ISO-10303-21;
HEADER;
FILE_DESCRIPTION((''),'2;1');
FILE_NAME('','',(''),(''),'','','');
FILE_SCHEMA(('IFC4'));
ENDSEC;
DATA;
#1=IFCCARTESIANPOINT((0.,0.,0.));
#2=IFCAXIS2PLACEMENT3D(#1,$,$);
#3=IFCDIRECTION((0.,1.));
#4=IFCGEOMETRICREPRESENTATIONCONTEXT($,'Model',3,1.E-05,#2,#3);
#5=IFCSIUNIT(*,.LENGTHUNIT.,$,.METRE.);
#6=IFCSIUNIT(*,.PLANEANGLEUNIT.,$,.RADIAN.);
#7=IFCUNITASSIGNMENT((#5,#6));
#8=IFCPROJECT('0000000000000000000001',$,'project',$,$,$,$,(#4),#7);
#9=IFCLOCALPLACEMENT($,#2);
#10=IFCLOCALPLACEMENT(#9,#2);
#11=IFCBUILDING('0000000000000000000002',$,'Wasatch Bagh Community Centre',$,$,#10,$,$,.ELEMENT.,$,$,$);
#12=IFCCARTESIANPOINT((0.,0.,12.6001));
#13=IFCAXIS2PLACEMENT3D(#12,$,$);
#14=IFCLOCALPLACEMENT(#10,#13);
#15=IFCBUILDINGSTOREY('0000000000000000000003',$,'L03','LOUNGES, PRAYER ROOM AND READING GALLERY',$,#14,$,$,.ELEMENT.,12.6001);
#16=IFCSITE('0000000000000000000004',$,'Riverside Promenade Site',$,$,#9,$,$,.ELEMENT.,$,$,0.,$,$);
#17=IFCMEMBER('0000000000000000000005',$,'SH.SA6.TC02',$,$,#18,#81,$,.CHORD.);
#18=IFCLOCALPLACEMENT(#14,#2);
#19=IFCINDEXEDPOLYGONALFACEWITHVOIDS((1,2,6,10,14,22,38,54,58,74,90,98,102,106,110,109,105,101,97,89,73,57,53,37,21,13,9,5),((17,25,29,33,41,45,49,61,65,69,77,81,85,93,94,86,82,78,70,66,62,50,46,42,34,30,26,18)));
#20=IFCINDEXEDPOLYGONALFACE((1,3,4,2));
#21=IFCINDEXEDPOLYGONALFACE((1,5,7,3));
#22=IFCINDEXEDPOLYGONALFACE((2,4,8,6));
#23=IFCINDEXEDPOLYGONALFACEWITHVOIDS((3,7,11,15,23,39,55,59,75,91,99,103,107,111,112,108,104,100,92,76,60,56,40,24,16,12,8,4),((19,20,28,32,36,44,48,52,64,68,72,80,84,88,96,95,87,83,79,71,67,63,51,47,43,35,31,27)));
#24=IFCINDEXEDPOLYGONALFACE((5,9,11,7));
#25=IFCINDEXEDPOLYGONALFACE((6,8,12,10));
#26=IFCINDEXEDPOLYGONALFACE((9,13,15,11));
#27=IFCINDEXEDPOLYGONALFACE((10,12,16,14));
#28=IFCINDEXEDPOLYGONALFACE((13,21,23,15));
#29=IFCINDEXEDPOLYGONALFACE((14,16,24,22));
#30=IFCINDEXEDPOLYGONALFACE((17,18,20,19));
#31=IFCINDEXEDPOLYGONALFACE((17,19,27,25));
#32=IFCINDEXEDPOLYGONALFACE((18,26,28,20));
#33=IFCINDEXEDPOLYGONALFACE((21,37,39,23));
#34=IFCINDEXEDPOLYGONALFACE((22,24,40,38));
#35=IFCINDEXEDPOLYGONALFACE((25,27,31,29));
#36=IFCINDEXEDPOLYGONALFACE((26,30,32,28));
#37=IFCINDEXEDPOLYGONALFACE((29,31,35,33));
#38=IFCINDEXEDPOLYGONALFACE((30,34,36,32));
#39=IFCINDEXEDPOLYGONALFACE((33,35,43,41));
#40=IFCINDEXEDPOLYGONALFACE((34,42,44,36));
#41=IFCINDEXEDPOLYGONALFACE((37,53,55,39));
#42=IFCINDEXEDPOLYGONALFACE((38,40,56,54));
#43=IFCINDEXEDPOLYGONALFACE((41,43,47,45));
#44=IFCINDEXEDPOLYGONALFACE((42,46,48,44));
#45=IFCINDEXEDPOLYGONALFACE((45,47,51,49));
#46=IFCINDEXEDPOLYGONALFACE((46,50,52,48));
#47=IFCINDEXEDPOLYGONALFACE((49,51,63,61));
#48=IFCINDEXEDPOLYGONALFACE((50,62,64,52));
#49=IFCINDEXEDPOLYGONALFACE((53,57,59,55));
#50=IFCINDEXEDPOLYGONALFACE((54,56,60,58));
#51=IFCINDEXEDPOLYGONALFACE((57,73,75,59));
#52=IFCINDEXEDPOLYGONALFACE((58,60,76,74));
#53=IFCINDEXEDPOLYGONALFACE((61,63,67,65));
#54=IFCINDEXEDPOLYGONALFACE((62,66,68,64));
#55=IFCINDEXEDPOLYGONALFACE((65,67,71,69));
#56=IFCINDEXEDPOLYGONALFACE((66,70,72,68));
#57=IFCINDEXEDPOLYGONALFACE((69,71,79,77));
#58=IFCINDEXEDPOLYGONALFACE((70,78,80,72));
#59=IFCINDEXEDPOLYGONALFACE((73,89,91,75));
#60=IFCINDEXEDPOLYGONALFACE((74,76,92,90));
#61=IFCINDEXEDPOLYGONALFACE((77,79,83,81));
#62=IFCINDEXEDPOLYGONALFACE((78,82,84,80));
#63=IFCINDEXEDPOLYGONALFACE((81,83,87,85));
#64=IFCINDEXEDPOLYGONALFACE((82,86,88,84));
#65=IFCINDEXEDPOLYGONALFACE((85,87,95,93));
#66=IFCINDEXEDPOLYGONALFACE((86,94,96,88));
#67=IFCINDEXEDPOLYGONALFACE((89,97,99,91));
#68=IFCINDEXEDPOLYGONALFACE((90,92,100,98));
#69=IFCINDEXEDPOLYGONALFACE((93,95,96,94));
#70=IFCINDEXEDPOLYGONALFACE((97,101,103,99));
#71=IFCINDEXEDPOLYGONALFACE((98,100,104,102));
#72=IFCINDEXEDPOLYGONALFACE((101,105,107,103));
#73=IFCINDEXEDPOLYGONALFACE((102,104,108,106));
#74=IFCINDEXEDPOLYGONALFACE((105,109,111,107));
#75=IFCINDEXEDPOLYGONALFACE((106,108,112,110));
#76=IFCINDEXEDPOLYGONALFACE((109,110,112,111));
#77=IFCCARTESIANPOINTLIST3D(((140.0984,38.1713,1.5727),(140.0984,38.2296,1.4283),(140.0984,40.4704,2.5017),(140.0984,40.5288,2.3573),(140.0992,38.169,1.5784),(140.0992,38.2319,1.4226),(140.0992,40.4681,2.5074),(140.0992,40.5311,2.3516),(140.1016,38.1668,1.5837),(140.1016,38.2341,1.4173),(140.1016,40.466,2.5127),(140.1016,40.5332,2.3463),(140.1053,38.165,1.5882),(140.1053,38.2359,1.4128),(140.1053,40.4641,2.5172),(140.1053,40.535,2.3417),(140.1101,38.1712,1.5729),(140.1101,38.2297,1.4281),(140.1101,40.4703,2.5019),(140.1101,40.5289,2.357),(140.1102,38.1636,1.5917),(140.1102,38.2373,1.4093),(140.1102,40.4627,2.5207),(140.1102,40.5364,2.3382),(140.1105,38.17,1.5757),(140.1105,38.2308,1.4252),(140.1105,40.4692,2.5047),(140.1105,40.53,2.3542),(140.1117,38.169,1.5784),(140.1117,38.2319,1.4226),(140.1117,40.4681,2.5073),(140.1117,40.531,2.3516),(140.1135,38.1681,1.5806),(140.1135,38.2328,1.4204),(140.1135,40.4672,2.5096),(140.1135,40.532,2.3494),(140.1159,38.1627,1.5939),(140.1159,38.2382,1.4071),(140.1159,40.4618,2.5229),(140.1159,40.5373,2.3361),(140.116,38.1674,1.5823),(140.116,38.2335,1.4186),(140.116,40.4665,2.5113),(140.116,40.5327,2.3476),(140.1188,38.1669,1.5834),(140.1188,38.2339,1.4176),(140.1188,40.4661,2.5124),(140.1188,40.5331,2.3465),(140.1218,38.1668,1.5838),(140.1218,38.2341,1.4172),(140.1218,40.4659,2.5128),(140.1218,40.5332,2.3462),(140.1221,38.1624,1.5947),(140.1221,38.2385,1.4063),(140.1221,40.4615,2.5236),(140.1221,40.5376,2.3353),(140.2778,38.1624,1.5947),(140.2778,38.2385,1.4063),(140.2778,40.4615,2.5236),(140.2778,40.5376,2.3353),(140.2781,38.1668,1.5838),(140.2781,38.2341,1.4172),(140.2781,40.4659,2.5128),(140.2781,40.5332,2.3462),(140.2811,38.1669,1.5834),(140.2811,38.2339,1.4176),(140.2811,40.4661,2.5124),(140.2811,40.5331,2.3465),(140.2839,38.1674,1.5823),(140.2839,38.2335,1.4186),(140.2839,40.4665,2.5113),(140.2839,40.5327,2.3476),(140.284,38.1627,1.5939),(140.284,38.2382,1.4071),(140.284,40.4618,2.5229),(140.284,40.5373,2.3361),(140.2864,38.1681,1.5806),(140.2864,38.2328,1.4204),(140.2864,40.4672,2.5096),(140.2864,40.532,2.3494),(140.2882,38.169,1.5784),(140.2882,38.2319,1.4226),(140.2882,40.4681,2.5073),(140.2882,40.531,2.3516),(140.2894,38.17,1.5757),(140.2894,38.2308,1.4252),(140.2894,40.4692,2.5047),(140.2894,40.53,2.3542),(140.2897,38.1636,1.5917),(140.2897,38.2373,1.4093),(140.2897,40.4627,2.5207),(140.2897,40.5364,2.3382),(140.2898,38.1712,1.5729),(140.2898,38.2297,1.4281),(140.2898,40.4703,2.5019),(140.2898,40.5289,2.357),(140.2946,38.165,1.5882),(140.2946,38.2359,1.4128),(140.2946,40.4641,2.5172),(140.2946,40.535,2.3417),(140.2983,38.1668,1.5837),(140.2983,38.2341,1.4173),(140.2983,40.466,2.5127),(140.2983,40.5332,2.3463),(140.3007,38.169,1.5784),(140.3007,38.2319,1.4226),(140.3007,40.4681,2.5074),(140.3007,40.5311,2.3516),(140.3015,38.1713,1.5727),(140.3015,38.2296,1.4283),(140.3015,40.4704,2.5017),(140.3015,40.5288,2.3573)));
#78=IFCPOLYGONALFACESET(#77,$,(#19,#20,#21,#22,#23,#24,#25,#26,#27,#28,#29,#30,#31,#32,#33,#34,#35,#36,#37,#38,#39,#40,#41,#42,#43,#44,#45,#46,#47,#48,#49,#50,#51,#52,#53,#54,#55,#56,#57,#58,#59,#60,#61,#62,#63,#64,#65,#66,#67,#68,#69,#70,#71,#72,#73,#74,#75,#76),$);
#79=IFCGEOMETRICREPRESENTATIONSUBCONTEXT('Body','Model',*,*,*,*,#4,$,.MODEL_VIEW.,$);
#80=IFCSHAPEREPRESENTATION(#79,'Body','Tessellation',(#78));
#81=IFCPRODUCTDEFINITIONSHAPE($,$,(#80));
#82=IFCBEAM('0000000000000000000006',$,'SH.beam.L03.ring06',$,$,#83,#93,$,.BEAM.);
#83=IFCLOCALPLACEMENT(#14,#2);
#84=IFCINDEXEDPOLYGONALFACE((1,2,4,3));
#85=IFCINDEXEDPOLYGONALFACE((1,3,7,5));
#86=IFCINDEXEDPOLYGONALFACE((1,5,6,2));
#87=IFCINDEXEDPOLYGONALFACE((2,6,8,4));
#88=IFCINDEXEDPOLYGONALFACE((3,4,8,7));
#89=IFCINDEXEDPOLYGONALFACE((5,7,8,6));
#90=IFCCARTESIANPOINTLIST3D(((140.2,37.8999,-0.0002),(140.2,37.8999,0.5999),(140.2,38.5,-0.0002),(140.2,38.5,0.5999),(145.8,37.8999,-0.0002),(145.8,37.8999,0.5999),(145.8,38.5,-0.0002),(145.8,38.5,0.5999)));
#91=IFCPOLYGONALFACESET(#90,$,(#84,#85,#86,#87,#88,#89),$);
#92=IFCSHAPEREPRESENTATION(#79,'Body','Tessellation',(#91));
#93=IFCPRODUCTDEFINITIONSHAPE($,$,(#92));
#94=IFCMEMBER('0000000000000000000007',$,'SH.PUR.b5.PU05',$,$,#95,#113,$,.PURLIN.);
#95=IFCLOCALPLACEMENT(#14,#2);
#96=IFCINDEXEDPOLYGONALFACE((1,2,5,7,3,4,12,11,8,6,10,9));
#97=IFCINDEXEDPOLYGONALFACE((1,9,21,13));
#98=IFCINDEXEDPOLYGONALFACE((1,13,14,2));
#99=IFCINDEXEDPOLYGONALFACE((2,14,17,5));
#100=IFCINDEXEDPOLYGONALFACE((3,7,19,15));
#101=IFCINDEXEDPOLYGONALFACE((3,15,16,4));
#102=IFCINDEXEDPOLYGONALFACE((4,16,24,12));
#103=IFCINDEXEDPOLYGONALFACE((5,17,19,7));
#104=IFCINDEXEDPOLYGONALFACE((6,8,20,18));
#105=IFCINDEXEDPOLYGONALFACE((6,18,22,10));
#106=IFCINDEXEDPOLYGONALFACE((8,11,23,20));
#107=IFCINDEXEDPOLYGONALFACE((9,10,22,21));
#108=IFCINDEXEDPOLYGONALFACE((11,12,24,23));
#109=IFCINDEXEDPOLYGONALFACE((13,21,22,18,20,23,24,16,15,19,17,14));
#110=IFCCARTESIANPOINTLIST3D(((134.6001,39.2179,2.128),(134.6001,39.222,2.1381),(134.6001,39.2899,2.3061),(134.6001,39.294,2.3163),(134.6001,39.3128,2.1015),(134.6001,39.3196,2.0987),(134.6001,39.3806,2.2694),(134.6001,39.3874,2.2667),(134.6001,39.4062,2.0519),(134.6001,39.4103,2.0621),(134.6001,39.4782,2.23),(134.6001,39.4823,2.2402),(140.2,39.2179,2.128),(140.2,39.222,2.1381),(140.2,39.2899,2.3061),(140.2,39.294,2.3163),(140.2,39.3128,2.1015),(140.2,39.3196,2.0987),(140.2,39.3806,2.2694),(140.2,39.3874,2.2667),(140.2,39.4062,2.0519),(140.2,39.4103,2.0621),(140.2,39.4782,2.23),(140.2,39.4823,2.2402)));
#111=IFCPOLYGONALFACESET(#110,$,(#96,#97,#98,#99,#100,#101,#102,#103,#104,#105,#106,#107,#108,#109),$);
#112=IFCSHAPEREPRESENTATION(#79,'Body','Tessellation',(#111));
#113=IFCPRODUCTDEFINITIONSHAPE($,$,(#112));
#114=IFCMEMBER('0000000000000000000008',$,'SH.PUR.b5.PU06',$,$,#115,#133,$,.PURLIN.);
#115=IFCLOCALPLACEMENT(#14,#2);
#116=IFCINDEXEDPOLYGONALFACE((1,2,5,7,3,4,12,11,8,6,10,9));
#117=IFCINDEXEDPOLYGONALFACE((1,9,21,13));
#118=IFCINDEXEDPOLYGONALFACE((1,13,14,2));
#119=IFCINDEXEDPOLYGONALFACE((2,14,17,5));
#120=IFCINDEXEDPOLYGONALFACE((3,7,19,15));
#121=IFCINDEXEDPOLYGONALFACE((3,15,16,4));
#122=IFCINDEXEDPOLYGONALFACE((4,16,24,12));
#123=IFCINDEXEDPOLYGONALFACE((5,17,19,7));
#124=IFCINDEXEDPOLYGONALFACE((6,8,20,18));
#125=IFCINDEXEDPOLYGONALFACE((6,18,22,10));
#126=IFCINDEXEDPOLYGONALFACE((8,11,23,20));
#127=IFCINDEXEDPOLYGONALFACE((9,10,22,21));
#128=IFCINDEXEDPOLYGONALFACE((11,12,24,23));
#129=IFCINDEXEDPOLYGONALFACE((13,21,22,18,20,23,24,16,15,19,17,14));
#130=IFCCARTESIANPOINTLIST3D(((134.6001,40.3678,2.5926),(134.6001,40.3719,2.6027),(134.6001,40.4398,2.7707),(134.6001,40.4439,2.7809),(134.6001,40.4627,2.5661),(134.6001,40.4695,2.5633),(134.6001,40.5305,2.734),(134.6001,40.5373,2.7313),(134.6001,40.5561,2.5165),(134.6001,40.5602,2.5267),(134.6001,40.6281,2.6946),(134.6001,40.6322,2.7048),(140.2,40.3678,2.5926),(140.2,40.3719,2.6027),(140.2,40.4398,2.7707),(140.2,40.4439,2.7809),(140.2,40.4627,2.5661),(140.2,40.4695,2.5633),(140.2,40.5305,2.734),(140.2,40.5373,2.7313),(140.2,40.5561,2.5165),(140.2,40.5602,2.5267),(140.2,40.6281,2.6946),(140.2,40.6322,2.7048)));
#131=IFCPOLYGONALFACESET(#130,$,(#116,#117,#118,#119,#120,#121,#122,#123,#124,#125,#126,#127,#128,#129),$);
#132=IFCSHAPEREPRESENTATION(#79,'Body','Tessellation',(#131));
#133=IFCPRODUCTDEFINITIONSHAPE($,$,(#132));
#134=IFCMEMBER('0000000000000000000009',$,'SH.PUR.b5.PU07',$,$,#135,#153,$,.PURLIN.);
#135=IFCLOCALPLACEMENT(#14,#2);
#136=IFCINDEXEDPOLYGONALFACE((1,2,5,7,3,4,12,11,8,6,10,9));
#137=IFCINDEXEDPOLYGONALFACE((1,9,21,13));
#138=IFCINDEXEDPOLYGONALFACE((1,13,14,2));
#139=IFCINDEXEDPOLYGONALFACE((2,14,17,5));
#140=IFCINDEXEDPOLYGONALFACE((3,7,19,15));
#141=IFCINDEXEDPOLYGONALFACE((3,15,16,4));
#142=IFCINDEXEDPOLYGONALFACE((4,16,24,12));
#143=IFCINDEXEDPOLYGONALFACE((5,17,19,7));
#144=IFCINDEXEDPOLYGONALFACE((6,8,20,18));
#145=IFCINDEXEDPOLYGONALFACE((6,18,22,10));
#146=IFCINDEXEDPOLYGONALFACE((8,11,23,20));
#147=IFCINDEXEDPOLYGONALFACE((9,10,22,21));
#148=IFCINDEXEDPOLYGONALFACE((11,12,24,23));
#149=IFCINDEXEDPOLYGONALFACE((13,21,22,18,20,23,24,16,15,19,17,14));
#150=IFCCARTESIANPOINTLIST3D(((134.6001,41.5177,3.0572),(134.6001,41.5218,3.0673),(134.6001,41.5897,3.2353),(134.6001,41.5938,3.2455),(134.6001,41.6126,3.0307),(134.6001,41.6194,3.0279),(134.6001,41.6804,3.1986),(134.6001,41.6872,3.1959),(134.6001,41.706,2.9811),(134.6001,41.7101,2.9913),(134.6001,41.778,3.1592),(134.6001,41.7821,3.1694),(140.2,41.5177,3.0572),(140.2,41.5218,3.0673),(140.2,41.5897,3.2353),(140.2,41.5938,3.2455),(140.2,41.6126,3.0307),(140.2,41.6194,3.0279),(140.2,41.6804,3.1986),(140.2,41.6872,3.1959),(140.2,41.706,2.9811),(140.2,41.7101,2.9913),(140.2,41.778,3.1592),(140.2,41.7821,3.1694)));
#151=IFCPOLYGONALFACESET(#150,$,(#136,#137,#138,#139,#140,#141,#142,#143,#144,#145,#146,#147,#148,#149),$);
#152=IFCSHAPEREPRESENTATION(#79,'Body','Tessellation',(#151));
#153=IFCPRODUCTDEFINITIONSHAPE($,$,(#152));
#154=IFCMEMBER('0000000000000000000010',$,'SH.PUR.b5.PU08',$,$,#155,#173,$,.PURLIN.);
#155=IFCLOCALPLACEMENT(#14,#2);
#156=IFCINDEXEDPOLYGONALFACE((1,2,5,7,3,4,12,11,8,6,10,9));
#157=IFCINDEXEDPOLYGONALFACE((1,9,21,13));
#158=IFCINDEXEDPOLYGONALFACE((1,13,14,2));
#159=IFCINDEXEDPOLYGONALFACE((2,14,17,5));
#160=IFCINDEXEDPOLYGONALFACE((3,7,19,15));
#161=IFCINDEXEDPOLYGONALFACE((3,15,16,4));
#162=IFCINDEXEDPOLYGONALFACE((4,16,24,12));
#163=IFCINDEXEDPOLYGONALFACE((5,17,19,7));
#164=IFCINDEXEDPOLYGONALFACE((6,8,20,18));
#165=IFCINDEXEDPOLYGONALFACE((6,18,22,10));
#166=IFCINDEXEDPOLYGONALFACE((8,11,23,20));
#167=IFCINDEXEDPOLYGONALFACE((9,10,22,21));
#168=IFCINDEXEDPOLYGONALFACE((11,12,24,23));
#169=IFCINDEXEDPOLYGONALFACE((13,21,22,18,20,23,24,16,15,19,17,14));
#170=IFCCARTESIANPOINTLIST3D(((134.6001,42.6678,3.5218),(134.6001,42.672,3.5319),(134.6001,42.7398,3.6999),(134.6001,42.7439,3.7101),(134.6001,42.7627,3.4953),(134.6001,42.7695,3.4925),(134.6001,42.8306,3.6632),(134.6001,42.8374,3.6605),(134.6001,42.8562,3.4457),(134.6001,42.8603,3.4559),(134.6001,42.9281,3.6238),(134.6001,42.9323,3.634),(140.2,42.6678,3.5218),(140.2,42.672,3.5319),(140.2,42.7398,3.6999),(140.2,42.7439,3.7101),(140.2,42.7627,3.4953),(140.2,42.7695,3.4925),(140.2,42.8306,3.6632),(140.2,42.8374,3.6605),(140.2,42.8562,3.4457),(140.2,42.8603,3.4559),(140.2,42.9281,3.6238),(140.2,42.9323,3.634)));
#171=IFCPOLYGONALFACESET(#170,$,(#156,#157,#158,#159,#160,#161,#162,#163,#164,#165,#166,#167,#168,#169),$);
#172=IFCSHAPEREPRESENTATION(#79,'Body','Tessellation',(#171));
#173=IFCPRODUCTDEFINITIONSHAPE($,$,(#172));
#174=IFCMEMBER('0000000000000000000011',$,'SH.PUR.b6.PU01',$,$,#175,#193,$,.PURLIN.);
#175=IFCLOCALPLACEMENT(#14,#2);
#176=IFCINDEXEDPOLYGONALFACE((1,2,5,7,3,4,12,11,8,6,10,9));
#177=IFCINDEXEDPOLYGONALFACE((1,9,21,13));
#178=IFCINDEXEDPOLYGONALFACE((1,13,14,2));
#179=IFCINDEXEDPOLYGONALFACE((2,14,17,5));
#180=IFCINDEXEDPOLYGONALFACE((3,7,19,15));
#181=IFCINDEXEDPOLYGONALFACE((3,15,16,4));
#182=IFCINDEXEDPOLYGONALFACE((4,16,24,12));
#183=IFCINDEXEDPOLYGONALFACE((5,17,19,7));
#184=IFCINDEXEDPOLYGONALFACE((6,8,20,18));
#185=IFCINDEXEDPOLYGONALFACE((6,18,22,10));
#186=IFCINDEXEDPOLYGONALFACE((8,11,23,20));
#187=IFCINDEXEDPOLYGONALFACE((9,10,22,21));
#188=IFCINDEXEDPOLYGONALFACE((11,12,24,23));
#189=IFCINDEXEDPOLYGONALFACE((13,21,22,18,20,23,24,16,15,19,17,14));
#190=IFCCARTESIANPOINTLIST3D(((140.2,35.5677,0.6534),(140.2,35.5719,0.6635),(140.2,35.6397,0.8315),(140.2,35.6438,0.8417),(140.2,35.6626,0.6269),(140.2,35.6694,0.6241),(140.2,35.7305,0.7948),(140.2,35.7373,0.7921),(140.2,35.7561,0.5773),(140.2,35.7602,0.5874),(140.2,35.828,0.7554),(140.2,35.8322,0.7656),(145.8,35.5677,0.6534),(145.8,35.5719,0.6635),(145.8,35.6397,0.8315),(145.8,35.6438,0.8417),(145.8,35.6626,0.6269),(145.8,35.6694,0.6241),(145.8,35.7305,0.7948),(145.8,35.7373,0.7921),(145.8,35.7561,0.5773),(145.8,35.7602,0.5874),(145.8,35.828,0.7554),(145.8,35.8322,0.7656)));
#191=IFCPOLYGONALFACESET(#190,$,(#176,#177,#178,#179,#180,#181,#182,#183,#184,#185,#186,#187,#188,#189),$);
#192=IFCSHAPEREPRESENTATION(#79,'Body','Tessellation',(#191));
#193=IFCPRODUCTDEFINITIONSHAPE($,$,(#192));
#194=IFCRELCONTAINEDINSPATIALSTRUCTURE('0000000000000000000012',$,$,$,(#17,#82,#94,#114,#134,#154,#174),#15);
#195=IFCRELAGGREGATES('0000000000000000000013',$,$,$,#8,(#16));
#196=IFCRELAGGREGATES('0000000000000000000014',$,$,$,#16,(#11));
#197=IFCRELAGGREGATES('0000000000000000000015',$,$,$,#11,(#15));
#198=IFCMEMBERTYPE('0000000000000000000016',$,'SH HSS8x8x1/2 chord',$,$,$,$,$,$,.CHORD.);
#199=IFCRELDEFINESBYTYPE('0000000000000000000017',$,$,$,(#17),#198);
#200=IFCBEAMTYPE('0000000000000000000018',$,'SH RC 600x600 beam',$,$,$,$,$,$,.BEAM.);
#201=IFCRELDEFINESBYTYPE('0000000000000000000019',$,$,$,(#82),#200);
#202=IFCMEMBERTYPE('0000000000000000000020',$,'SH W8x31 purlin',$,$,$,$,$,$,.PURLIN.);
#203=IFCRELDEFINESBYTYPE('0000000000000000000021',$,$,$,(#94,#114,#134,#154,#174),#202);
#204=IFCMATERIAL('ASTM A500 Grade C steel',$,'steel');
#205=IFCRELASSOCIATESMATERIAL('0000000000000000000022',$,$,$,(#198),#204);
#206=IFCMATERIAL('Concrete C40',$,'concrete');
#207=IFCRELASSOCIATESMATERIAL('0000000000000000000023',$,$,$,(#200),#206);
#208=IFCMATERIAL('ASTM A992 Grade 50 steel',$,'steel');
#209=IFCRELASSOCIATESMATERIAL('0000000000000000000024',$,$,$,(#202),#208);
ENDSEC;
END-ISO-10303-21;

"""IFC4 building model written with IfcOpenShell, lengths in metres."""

from ifc_helpers import new_model, si_unit, direction, frame, origin, origin_2d, place, context, subcontext, project, spatial, rectangle, hollow_rectangle, i_section, extrude, material, material_profile, profile_set, type_object, element, save


model = new_model("IFC4")

# Units and contexts
model_context = context("Model", 3, precision=1e-05, world=origin(), true_north=direction((0.0, 1.0)))
body_context = subcontext(model_context, "Body", "Model", "MODEL_VIEW")
ifc_project = project(units=[si_unit("LENGTHUNIT", "METRE"), si_unit("PLANEANGLEUNIT", "RADIAN")], contexts=[model_context])

# Site, building, storey
site_placement = place(None, origin())
site = spatial("IfcSite", under=ifc_project, at=site_placement, Name="Riverside Promenade Site", CompositionType="ELEMENT", RefElevation=0.0)
building_placement = place(site_placement, origin())
building = spatial("IfcBuilding", under=site, at=building_placement, Name="Wasatch Bagh Community Centre", CompositionType="ELEMENT")
storey_placement = place(building_placement, frame((0.0, 0.0, 12.6001)))
storey = spatial("IfcBuildingStorey", under=building, at=storey_placement, Name="L03", Description="LOUNGES, PRAYER ROOM AND READING GALLERY", CompositionType="ELEMENT", Elevation=12.6001)

# Member
ifc_material_1 = material(Name="ASTM A500 Grade C steel", Category="steel")
ifc_material_profile_1 = material_profile(ifc_material_1, hollow_rectangle(XDim=0.2031, YDim=0.2031, WallThickness=0.0117, InnerFilletRadius=0.0117, OuterFilletRadius=0.0237, at=origin_2d()), Name="HSS8x8x1/2")
ifc_profile_set_1 = profile_set([ifc_material_profile_1], Name="ASTM A500 Grade C steel")
member_type_1 = type_object("IfcMemberType", Name="SH HSS8x8x1/2 chord", PredefinedType="CHORD", material=ifc_profile_set_1)
member_1_placement = place(storey_placement, frame((140.2, 38.2004, 1.5005), z_axis=(0.0, 0.927174, 0.374631), x_axis=(-1.0, 0.0, 0.0)))
element("IfcMember", 1, at=member_1_placement, inside=storey, type_object=member_type_1, Name="SH.SA6.TC02", PredefinedType="CHORD", context=body_context, shape_type="SweptSolid", body=[
    extrude(hollow_rectangle(XDim=0.2031, YDim=0.2031, WallThickness=0.0117, InnerFilletRadius=0.0117, OuterFilletRadius=0.0237, at=origin_2d()), origin(), (0.0, 0.0, 1.0), 2.4797),
])

# Beam
ifc_material_2 = material(Name="Concrete C40", Category="concrete")
ifc_material_profile_2 = material_profile(ifc_material_2, rectangle(XDim=0.6001, YDim=0.6001, at=origin_2d()), Name="RC 600x600")
ifc_profile_set_2 = profile_set([ifc_material_profile_2], Name="Concrete C40")
beam_type = type_object("IfcBeamType", Name="SH RC 600x600 beam", PredefinedType="BEAM", material=ifc_profile_set_2)
beam_placement = place(storey_placement, frame((140.2, 38.2, 0.2998), z_axis=(1.0, 0.0, 0.0), x_axis=(0.0, 1.0, 0.0)))
element("IfcBeam", 2, at=beam_placement, inside=storey, type_object=beam_type, Name="SH.beam.L03.ring06", PredefinedType="BEAM", context=body_context, shape_type="SweptSolid", body=[
    extrude(rectangle(XDim=0.6001, YDim=0.6001, at=origin_2d()), origin(), (0.0, 0.0, 1.0), 5.6001),
])

# Members
ifc_material_3 = material(Name="ASTM A992 Grade 50 steel", Category="steel")
ifc_material_profile_3 = material_profile(ifc_material_3, i_section(OverallWidth=0.2031, OverallDepth=0.2031, WebThickness=0.0073, FlangeThickness=0.011, at=origin_2d()), Name="W8x31")
ifc_profile_set_3 = profile_set([ifc_material_profile_3], Name="ASTM A992 Grade 50 steel")
member_type_2 = type_object("IfcMemberType", Name="SH W8x31 purlin", PredefinedType="PURLIN", material=ifc_profile_set_3)
for number, where, z_axis, x_axis, name in (
    (3, (134.6001, 39.3501, 2.1841), (1.0, 0.0, 0.0), (0.0, 0.927184, -0.374607), "SH.PUR.b5.PU05"),
    (4, (134.6001, 40.5, 2.6487), (1.0, 0.0, 0.0), (0.0, 0.927184, -0.374607), "SH.PUR.b5.PU06"),
    (5, (134.6001, 41.6499, 3.1133), (1.0, 0.0, 0.0), (0.0, 0.927184, -0.374607), "SH.PUR.b5.PU07"),
    (6, (134.6001, 42.8, 3.5779), (1.0, 0.0, 0.0), (0.0, 0.927184, -0.374607), "SH.PUR.b5.PU08"),
):
    element("IfcMember", number, at=place(storey_placement, frame(where, z_axis=z_axis, x_axis=x_axis)), inside=storey, type_object=member_type_2, Name=name, PredefinedType="PURLIN", context=body_context, shape_type="SweptSolid", body=[
        extrude(i_section(OverallWidth=0.2031, OverallDepth=0.2031, WebThickness=0.0073, FlangeThickness=0.011, at=origin_2d()), origin(), (0.0, 0.0, 1.0), 5.5999),
    ])
for number, where, z_axis, x_axis, name in (
    (7, (140.2, 35.7, 0.7095), (1.0, 0.0, 0.0), (0.0, 0.927184, -0.374607), "SH.PUR.b6.PU01"),
):
    element("IfcMember", number, at=place(storey_placement, frame(where, z_axis=z_axis, x_axis=x_axis)), inside=storey, type_object=member_type_2, Name=name, PredefinedType="PURLIN", context=body_context, shape_type="SweptSolid", body=[
        extrude(i_section(OverallWidth=0.2031, OverallDepth=0.2031, WebThickness=0.0073, FlangeThickness=0.011, at=origin_2d()), origin(), (0.0, 0.0, 1.0), 5.6001),
    ])

save(model, "model.ifc")
